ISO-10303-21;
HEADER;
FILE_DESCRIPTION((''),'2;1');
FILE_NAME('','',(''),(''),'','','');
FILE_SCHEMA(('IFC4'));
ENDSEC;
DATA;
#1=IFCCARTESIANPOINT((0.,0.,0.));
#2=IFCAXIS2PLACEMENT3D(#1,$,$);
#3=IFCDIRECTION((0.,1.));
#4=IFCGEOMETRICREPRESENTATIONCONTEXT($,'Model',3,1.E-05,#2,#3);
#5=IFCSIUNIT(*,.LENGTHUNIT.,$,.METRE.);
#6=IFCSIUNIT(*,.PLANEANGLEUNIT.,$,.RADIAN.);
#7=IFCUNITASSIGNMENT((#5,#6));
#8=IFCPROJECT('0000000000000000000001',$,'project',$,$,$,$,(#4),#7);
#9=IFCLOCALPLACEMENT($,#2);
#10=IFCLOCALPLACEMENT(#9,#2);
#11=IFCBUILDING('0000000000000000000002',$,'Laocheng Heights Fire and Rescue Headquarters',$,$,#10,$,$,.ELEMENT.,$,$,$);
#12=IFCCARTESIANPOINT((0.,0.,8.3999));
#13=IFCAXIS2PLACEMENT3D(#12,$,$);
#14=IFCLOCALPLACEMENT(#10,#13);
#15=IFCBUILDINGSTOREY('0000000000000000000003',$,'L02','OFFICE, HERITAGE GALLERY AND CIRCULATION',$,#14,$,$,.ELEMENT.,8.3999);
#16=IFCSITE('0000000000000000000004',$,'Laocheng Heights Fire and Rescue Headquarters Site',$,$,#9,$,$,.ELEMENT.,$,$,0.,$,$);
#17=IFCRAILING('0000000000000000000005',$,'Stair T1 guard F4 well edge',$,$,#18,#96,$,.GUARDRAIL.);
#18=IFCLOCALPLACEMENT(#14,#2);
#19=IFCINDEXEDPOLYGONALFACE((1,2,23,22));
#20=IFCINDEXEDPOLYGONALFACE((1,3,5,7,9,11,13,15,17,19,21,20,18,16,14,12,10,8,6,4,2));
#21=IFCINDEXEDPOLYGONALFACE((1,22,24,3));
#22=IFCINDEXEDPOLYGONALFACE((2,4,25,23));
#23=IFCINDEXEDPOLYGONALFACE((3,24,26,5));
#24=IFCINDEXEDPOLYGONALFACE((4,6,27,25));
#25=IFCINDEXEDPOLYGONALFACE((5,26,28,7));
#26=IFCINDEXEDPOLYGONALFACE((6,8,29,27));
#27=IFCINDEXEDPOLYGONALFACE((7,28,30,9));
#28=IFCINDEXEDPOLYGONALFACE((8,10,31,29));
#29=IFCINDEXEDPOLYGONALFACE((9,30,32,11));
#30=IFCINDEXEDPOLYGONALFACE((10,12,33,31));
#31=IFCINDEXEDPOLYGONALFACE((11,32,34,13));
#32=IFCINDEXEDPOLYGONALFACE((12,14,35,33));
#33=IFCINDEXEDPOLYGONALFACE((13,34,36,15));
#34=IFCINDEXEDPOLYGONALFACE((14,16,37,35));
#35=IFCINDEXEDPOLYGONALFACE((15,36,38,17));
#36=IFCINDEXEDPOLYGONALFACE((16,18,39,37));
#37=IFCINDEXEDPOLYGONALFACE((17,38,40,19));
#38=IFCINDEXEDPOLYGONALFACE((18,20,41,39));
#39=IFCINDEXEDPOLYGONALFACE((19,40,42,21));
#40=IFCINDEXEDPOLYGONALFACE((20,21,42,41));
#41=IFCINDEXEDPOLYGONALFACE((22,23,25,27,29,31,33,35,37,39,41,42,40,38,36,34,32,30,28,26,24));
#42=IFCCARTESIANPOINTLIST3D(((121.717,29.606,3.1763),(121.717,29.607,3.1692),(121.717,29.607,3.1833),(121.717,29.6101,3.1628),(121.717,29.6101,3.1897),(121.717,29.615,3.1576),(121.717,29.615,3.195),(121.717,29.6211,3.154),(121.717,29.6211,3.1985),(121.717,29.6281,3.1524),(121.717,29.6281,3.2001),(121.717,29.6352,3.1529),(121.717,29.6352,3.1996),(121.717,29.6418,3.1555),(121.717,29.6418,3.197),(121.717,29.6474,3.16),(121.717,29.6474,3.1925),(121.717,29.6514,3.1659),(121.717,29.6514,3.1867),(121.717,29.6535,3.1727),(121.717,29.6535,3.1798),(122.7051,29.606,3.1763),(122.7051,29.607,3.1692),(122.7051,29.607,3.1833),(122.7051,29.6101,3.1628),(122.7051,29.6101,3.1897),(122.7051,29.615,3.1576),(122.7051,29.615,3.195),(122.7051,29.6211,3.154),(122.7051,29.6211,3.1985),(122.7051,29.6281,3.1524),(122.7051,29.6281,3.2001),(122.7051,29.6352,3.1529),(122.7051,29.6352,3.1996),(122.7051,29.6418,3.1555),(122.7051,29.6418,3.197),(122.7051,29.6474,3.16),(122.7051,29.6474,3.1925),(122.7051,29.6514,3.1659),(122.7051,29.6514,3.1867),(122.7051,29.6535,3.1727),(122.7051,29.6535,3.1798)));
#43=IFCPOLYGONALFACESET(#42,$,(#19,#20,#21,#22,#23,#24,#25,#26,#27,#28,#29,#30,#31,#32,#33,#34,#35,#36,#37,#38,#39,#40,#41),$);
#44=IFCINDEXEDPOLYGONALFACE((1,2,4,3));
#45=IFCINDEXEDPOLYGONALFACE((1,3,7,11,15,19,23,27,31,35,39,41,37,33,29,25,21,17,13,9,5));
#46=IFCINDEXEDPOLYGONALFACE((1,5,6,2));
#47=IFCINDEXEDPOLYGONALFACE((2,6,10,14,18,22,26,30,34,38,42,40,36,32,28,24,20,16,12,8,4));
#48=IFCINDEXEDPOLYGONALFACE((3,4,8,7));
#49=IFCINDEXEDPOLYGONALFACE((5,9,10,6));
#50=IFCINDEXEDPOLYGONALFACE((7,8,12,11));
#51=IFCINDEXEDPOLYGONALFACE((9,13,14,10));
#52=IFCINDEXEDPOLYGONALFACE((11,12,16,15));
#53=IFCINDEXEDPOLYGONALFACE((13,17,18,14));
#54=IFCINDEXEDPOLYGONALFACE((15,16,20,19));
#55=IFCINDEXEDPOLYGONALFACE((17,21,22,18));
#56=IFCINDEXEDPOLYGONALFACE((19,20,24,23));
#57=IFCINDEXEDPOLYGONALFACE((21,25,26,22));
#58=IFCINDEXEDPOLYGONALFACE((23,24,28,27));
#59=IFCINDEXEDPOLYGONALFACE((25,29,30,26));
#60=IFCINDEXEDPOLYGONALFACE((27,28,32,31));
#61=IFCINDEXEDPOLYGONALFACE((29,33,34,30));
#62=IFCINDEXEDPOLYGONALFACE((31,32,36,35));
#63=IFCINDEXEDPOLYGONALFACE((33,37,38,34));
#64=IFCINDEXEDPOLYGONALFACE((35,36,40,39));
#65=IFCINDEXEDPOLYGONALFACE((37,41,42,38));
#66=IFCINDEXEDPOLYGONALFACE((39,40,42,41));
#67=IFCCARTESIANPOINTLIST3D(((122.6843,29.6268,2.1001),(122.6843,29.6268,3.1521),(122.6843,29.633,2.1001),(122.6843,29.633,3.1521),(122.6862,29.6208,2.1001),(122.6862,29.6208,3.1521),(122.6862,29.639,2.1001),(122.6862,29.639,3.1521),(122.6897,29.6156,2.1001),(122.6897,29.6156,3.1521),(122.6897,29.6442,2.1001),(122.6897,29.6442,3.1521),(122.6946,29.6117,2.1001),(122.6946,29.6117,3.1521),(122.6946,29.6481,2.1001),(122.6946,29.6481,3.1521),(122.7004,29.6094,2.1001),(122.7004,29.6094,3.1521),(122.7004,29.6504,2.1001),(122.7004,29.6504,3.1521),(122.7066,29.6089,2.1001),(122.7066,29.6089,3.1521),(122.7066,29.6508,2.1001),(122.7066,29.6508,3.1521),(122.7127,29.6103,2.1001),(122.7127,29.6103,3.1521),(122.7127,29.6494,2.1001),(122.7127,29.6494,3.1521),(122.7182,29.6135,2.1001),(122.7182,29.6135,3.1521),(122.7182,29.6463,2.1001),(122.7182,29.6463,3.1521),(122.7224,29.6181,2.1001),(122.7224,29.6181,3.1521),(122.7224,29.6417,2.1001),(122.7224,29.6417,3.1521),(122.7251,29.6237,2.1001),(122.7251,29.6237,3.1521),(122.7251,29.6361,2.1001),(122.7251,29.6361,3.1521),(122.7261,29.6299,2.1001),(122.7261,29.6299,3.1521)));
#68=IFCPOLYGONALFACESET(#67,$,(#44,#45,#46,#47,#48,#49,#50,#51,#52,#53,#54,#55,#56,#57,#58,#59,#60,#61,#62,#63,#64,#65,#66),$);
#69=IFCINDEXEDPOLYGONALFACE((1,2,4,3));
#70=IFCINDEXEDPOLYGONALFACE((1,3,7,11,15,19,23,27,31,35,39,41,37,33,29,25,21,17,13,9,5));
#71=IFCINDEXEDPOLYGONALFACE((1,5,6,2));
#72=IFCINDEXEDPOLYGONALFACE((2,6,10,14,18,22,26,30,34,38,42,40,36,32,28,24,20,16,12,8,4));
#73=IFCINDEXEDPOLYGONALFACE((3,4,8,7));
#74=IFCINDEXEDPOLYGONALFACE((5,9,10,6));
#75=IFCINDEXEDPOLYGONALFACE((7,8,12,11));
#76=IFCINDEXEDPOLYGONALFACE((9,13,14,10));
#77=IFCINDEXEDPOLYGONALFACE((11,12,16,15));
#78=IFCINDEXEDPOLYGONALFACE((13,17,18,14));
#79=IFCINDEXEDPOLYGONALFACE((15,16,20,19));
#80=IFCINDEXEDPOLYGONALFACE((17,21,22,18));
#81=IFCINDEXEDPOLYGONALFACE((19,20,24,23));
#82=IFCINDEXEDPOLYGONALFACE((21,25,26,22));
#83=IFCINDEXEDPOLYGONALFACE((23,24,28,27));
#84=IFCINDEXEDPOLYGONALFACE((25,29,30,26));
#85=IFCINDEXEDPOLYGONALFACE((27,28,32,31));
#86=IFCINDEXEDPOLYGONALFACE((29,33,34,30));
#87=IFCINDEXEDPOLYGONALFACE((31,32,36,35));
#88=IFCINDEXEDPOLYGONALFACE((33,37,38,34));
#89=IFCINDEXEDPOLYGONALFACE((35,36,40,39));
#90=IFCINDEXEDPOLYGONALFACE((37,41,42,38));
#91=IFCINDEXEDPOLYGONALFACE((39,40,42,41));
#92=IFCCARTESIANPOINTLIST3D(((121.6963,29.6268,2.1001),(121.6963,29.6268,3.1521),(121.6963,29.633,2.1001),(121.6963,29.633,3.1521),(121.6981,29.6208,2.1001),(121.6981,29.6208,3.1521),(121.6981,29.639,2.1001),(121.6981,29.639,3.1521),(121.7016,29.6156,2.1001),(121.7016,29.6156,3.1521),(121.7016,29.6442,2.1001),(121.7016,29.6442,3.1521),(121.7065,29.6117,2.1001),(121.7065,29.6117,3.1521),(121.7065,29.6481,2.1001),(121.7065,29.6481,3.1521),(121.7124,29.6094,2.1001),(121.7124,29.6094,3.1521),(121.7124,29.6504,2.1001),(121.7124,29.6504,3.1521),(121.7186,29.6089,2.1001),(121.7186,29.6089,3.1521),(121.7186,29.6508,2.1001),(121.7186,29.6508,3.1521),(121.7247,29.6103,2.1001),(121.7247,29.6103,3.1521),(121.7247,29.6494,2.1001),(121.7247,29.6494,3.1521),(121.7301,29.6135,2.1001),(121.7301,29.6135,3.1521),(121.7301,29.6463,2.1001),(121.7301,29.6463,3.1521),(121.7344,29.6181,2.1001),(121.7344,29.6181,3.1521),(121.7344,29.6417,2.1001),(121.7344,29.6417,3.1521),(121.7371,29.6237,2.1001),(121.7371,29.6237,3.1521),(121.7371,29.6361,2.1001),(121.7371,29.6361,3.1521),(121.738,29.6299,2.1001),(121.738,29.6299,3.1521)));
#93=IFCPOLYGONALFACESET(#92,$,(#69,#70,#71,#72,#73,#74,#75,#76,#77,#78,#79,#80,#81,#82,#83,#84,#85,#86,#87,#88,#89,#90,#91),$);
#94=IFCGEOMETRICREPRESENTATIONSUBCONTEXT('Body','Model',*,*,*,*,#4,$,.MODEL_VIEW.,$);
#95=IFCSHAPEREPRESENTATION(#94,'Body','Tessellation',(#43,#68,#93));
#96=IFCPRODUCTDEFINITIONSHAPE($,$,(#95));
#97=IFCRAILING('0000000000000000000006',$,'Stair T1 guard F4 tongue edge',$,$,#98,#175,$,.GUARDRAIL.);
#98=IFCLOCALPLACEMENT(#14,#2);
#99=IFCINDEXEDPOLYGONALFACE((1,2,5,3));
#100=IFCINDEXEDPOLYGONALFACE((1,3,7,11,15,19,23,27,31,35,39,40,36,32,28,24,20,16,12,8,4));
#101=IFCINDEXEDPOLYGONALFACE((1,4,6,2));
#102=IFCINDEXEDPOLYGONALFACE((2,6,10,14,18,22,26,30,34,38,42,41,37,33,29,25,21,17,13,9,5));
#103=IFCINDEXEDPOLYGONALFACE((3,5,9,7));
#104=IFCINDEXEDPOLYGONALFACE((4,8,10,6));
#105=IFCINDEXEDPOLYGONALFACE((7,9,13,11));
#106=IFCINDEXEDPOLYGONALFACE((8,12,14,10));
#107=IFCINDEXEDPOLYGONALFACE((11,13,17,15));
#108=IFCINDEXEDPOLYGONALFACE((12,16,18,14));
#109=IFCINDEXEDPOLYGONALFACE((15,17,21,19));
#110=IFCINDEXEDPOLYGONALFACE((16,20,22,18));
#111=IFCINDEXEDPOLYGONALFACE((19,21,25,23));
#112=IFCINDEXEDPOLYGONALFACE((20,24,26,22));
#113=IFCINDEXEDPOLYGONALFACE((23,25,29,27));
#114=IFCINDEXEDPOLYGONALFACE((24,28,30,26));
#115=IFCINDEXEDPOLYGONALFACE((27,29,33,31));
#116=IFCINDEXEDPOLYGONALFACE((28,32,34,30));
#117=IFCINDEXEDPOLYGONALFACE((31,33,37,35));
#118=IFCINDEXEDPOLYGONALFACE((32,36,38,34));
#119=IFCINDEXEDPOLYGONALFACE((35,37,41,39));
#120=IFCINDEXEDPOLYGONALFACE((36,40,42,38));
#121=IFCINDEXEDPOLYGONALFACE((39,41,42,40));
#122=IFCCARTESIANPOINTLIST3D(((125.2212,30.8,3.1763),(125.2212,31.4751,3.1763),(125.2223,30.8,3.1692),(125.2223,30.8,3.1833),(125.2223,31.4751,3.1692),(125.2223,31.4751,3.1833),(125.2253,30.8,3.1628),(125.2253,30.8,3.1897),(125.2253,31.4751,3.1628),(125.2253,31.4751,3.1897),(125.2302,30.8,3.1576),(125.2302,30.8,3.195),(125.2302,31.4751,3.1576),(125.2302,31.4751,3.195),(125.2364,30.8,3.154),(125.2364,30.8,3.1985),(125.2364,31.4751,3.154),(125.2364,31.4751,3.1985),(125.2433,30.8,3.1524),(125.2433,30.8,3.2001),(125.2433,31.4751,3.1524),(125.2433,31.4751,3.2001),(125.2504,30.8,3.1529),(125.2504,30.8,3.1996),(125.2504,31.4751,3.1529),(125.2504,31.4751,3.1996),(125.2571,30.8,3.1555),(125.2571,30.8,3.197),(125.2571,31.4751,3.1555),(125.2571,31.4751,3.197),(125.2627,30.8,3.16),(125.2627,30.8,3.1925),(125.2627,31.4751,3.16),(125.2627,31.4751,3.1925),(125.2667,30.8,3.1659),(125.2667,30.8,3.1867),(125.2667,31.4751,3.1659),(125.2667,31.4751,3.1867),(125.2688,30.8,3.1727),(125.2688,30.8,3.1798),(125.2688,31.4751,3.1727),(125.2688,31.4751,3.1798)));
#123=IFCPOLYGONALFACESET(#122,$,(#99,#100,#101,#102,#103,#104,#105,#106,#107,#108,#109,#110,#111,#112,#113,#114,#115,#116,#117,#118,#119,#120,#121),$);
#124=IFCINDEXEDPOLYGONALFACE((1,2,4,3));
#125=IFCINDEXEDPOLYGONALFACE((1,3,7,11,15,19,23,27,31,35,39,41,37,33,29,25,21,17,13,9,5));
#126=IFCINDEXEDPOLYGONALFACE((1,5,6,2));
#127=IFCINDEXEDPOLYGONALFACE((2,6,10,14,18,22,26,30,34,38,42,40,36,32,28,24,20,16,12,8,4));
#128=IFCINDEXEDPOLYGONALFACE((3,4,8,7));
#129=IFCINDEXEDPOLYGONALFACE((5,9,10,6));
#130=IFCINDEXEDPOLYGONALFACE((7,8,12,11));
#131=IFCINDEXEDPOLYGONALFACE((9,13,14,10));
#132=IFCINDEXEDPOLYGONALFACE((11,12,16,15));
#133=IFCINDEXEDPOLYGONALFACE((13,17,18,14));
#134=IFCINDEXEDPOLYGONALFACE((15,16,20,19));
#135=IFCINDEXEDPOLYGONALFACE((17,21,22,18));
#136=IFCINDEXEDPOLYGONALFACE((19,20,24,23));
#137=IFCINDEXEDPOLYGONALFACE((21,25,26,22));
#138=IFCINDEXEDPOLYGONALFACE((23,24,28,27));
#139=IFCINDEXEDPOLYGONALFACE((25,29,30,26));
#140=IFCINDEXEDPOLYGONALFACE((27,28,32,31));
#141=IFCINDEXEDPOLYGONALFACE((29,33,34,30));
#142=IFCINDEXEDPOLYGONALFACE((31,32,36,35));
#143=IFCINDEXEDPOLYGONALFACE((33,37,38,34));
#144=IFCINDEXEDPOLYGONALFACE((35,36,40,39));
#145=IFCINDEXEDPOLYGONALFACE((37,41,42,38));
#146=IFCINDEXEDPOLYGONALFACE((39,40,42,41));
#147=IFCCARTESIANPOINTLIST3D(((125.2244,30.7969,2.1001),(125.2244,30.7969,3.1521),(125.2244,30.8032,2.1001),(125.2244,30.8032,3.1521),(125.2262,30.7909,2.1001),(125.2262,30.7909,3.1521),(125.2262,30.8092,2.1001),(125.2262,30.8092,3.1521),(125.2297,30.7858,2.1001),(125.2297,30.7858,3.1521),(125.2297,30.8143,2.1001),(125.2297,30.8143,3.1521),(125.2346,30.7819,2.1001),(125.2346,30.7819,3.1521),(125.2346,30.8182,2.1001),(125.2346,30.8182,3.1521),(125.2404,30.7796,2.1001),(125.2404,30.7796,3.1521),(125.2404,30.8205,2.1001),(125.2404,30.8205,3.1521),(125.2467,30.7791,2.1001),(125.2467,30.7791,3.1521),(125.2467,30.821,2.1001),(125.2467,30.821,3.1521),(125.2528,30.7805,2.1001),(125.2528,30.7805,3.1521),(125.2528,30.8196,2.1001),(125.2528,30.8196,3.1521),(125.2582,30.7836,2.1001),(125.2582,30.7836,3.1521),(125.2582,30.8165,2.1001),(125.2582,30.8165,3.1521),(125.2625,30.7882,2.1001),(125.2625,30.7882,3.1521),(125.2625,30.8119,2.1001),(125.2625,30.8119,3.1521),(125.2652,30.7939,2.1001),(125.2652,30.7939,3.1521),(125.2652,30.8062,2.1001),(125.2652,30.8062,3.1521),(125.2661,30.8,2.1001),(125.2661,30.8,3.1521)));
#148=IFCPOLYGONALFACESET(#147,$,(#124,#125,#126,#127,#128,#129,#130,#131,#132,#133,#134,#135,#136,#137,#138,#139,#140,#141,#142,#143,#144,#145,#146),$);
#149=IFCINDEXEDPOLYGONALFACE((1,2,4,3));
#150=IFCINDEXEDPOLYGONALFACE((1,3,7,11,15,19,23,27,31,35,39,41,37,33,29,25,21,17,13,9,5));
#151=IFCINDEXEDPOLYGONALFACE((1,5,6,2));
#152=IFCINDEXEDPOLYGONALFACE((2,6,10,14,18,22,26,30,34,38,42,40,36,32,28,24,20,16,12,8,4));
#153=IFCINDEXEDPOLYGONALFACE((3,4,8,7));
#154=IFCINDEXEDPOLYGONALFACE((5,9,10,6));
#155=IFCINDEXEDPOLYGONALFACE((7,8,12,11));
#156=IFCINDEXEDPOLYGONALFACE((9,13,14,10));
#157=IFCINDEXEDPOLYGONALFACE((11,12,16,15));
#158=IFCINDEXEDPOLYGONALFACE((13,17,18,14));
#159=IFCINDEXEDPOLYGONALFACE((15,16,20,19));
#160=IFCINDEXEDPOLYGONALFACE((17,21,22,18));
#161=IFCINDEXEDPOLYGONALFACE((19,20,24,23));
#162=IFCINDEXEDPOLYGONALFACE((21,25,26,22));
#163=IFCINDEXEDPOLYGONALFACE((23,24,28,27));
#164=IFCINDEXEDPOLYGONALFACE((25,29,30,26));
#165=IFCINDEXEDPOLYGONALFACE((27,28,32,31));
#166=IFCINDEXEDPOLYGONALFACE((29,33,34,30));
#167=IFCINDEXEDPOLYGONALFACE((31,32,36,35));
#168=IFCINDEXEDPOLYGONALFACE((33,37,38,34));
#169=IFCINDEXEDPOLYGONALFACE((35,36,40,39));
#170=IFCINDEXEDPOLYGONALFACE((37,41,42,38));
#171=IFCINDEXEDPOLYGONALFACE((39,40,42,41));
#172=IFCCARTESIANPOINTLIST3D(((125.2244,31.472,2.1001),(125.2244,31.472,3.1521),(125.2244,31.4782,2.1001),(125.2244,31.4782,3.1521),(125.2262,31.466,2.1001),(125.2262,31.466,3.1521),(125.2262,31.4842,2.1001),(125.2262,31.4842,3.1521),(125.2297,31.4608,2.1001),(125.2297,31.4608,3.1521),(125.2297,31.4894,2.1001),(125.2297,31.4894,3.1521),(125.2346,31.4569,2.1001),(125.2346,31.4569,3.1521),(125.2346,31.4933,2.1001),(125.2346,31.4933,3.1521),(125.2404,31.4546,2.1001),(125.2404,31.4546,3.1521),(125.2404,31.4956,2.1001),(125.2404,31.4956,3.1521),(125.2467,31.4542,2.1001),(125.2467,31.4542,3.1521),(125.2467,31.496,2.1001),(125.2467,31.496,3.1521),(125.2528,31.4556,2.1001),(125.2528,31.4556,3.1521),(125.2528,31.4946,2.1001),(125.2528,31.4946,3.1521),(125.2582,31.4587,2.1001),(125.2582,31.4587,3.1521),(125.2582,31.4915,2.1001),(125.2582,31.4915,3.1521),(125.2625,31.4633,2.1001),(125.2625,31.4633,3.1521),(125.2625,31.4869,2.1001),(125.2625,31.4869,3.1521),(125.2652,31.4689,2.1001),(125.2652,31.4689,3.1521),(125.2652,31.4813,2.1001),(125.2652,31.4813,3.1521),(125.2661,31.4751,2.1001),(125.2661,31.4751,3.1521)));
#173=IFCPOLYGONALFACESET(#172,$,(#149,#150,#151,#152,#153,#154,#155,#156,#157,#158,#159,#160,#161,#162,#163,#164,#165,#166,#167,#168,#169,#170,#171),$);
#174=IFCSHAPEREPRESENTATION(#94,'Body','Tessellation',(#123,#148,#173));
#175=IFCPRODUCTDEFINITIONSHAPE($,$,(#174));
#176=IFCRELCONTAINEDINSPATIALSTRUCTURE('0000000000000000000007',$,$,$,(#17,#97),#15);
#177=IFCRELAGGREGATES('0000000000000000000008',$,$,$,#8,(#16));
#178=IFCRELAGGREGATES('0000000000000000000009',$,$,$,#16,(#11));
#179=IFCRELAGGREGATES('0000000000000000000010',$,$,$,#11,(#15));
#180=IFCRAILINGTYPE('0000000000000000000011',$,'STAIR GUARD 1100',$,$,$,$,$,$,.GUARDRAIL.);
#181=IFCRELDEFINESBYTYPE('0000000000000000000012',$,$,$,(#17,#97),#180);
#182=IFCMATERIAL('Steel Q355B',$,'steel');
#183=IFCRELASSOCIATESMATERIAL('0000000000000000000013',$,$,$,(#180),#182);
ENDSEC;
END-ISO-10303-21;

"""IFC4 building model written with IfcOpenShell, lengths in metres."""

from ifc_helpers import new_model, si_unit, direction, frame, origin, origin_2d, place, context, subcontext, project, spatial, circle, extrude, material, type_object, element, save


model = new_model("IFC4")

# Units and contexts
model_context = context("Model", 3, precision=1e-05, world=origin(), true_north=direction((0.0, 1.0)))
body_context = subcontext(model_context, "Body", "Model", "MODEL_VIEW")
ifc_project = project(units=[si_unit("LENGTHUNIT", "METRE"), si_unit("PLANEANGLEUNIT", "RADIAN")], contexts=[model_context])

# Site, building, storey
site_placement = place(None, origin())
site = spatial("IfcSite", under=ifc_project, at=site_placement, Name="Laocheng Heights Fire and Rescue Headquarters Site", CompositionType="ELEMENT", RefElevation=0.0)
building_placement = place(site_placement, origin())
building = spatial("IfcBuilding", under=site, at=building_placement, Name="Laocheng Heights Fire and Rescue Headquarters", CompositionType="ELEMENT")
storey_placement = place(building_placement, frame((0.0, 0.0, 8.3999)))
storey = spatial("IfcBuildingStorey", under=building, at=storey_placement, Name="L02", Description="OFFICE, HERITAGE GALLERY AND CIRCULATION", CompositionType="ELEMENT", Elevation=8.3999)

# Railings
ifc_material_1 = material(Name="Steel Q355B", Category="steel")
railing_type_1 = type_object("IfcRailingType", Name="STAIR GUARD 1100", PredefinedType="GUARDRAIL", material=ifc_material_1)
railing_1_placement = place(storey_placement, frame((122.7051, 29.6299, 2.1001)))
element("IfcRailing", 1, at=railing_1_placement, inside=storey, type_object=railing_type_1, Name="Stair T1 guard F4 well edge", PredefinedType="GUARDRAIL", context=body_context, shape_type="SweptSolid", body=[
    extrude(circle(Radius=0.0239, at=origin_2d()), frame((0.0, 0.0, 1.0762), z_axis=(-1.0, 0.0, 0.0), x_axis=(0.0, -1.0, 0.0)), (0.0, 0.0, 1.0), 0.988),
    extrude(circle(Radius=0.021, at=origin_2d()), origin(), (0.0, 0.0, 1.0), 1.052),
    extrude(circle(Radius=0.021, at=origin_2d()), frame((-0.988, 0.0, 0.0)), (0.0, 0.0, 1.0), 1.052),
])
railing_2_placement = place(storey_placement, frame((125.2451, 30.8, 2.1001)))
element("IfcRailing", 2, at=railing_2_placement, inside=storey, type_object=railing_type_1, Name="Stair T1 guard F4 tongue edge", PredefinedType="GUARDRAIL", context=body_context, shape_type="SweptSolid", body=[
    extrude(circle(Radius=0.0239, at=origin_2d()), frame((0.0, 0.0, 1.0762), z_axis=(0.0, 1.0, 0.0), x_axis=(-1.0, 0.0, 0.0)), (0.0, 0.0, 1.0), 0.675),
    extrude(circle(Radius=0.021, at=origin_2d()), origin(), (0.0, 0.0, 1.0), 1.052),
    extrude(circle(Radius=0.021, at=origin_2d()), frame((0.0, 0.675, 0.0)), (0.0, 0.0, 1.0), 1.052),
])

save(model, "model.ifc")
